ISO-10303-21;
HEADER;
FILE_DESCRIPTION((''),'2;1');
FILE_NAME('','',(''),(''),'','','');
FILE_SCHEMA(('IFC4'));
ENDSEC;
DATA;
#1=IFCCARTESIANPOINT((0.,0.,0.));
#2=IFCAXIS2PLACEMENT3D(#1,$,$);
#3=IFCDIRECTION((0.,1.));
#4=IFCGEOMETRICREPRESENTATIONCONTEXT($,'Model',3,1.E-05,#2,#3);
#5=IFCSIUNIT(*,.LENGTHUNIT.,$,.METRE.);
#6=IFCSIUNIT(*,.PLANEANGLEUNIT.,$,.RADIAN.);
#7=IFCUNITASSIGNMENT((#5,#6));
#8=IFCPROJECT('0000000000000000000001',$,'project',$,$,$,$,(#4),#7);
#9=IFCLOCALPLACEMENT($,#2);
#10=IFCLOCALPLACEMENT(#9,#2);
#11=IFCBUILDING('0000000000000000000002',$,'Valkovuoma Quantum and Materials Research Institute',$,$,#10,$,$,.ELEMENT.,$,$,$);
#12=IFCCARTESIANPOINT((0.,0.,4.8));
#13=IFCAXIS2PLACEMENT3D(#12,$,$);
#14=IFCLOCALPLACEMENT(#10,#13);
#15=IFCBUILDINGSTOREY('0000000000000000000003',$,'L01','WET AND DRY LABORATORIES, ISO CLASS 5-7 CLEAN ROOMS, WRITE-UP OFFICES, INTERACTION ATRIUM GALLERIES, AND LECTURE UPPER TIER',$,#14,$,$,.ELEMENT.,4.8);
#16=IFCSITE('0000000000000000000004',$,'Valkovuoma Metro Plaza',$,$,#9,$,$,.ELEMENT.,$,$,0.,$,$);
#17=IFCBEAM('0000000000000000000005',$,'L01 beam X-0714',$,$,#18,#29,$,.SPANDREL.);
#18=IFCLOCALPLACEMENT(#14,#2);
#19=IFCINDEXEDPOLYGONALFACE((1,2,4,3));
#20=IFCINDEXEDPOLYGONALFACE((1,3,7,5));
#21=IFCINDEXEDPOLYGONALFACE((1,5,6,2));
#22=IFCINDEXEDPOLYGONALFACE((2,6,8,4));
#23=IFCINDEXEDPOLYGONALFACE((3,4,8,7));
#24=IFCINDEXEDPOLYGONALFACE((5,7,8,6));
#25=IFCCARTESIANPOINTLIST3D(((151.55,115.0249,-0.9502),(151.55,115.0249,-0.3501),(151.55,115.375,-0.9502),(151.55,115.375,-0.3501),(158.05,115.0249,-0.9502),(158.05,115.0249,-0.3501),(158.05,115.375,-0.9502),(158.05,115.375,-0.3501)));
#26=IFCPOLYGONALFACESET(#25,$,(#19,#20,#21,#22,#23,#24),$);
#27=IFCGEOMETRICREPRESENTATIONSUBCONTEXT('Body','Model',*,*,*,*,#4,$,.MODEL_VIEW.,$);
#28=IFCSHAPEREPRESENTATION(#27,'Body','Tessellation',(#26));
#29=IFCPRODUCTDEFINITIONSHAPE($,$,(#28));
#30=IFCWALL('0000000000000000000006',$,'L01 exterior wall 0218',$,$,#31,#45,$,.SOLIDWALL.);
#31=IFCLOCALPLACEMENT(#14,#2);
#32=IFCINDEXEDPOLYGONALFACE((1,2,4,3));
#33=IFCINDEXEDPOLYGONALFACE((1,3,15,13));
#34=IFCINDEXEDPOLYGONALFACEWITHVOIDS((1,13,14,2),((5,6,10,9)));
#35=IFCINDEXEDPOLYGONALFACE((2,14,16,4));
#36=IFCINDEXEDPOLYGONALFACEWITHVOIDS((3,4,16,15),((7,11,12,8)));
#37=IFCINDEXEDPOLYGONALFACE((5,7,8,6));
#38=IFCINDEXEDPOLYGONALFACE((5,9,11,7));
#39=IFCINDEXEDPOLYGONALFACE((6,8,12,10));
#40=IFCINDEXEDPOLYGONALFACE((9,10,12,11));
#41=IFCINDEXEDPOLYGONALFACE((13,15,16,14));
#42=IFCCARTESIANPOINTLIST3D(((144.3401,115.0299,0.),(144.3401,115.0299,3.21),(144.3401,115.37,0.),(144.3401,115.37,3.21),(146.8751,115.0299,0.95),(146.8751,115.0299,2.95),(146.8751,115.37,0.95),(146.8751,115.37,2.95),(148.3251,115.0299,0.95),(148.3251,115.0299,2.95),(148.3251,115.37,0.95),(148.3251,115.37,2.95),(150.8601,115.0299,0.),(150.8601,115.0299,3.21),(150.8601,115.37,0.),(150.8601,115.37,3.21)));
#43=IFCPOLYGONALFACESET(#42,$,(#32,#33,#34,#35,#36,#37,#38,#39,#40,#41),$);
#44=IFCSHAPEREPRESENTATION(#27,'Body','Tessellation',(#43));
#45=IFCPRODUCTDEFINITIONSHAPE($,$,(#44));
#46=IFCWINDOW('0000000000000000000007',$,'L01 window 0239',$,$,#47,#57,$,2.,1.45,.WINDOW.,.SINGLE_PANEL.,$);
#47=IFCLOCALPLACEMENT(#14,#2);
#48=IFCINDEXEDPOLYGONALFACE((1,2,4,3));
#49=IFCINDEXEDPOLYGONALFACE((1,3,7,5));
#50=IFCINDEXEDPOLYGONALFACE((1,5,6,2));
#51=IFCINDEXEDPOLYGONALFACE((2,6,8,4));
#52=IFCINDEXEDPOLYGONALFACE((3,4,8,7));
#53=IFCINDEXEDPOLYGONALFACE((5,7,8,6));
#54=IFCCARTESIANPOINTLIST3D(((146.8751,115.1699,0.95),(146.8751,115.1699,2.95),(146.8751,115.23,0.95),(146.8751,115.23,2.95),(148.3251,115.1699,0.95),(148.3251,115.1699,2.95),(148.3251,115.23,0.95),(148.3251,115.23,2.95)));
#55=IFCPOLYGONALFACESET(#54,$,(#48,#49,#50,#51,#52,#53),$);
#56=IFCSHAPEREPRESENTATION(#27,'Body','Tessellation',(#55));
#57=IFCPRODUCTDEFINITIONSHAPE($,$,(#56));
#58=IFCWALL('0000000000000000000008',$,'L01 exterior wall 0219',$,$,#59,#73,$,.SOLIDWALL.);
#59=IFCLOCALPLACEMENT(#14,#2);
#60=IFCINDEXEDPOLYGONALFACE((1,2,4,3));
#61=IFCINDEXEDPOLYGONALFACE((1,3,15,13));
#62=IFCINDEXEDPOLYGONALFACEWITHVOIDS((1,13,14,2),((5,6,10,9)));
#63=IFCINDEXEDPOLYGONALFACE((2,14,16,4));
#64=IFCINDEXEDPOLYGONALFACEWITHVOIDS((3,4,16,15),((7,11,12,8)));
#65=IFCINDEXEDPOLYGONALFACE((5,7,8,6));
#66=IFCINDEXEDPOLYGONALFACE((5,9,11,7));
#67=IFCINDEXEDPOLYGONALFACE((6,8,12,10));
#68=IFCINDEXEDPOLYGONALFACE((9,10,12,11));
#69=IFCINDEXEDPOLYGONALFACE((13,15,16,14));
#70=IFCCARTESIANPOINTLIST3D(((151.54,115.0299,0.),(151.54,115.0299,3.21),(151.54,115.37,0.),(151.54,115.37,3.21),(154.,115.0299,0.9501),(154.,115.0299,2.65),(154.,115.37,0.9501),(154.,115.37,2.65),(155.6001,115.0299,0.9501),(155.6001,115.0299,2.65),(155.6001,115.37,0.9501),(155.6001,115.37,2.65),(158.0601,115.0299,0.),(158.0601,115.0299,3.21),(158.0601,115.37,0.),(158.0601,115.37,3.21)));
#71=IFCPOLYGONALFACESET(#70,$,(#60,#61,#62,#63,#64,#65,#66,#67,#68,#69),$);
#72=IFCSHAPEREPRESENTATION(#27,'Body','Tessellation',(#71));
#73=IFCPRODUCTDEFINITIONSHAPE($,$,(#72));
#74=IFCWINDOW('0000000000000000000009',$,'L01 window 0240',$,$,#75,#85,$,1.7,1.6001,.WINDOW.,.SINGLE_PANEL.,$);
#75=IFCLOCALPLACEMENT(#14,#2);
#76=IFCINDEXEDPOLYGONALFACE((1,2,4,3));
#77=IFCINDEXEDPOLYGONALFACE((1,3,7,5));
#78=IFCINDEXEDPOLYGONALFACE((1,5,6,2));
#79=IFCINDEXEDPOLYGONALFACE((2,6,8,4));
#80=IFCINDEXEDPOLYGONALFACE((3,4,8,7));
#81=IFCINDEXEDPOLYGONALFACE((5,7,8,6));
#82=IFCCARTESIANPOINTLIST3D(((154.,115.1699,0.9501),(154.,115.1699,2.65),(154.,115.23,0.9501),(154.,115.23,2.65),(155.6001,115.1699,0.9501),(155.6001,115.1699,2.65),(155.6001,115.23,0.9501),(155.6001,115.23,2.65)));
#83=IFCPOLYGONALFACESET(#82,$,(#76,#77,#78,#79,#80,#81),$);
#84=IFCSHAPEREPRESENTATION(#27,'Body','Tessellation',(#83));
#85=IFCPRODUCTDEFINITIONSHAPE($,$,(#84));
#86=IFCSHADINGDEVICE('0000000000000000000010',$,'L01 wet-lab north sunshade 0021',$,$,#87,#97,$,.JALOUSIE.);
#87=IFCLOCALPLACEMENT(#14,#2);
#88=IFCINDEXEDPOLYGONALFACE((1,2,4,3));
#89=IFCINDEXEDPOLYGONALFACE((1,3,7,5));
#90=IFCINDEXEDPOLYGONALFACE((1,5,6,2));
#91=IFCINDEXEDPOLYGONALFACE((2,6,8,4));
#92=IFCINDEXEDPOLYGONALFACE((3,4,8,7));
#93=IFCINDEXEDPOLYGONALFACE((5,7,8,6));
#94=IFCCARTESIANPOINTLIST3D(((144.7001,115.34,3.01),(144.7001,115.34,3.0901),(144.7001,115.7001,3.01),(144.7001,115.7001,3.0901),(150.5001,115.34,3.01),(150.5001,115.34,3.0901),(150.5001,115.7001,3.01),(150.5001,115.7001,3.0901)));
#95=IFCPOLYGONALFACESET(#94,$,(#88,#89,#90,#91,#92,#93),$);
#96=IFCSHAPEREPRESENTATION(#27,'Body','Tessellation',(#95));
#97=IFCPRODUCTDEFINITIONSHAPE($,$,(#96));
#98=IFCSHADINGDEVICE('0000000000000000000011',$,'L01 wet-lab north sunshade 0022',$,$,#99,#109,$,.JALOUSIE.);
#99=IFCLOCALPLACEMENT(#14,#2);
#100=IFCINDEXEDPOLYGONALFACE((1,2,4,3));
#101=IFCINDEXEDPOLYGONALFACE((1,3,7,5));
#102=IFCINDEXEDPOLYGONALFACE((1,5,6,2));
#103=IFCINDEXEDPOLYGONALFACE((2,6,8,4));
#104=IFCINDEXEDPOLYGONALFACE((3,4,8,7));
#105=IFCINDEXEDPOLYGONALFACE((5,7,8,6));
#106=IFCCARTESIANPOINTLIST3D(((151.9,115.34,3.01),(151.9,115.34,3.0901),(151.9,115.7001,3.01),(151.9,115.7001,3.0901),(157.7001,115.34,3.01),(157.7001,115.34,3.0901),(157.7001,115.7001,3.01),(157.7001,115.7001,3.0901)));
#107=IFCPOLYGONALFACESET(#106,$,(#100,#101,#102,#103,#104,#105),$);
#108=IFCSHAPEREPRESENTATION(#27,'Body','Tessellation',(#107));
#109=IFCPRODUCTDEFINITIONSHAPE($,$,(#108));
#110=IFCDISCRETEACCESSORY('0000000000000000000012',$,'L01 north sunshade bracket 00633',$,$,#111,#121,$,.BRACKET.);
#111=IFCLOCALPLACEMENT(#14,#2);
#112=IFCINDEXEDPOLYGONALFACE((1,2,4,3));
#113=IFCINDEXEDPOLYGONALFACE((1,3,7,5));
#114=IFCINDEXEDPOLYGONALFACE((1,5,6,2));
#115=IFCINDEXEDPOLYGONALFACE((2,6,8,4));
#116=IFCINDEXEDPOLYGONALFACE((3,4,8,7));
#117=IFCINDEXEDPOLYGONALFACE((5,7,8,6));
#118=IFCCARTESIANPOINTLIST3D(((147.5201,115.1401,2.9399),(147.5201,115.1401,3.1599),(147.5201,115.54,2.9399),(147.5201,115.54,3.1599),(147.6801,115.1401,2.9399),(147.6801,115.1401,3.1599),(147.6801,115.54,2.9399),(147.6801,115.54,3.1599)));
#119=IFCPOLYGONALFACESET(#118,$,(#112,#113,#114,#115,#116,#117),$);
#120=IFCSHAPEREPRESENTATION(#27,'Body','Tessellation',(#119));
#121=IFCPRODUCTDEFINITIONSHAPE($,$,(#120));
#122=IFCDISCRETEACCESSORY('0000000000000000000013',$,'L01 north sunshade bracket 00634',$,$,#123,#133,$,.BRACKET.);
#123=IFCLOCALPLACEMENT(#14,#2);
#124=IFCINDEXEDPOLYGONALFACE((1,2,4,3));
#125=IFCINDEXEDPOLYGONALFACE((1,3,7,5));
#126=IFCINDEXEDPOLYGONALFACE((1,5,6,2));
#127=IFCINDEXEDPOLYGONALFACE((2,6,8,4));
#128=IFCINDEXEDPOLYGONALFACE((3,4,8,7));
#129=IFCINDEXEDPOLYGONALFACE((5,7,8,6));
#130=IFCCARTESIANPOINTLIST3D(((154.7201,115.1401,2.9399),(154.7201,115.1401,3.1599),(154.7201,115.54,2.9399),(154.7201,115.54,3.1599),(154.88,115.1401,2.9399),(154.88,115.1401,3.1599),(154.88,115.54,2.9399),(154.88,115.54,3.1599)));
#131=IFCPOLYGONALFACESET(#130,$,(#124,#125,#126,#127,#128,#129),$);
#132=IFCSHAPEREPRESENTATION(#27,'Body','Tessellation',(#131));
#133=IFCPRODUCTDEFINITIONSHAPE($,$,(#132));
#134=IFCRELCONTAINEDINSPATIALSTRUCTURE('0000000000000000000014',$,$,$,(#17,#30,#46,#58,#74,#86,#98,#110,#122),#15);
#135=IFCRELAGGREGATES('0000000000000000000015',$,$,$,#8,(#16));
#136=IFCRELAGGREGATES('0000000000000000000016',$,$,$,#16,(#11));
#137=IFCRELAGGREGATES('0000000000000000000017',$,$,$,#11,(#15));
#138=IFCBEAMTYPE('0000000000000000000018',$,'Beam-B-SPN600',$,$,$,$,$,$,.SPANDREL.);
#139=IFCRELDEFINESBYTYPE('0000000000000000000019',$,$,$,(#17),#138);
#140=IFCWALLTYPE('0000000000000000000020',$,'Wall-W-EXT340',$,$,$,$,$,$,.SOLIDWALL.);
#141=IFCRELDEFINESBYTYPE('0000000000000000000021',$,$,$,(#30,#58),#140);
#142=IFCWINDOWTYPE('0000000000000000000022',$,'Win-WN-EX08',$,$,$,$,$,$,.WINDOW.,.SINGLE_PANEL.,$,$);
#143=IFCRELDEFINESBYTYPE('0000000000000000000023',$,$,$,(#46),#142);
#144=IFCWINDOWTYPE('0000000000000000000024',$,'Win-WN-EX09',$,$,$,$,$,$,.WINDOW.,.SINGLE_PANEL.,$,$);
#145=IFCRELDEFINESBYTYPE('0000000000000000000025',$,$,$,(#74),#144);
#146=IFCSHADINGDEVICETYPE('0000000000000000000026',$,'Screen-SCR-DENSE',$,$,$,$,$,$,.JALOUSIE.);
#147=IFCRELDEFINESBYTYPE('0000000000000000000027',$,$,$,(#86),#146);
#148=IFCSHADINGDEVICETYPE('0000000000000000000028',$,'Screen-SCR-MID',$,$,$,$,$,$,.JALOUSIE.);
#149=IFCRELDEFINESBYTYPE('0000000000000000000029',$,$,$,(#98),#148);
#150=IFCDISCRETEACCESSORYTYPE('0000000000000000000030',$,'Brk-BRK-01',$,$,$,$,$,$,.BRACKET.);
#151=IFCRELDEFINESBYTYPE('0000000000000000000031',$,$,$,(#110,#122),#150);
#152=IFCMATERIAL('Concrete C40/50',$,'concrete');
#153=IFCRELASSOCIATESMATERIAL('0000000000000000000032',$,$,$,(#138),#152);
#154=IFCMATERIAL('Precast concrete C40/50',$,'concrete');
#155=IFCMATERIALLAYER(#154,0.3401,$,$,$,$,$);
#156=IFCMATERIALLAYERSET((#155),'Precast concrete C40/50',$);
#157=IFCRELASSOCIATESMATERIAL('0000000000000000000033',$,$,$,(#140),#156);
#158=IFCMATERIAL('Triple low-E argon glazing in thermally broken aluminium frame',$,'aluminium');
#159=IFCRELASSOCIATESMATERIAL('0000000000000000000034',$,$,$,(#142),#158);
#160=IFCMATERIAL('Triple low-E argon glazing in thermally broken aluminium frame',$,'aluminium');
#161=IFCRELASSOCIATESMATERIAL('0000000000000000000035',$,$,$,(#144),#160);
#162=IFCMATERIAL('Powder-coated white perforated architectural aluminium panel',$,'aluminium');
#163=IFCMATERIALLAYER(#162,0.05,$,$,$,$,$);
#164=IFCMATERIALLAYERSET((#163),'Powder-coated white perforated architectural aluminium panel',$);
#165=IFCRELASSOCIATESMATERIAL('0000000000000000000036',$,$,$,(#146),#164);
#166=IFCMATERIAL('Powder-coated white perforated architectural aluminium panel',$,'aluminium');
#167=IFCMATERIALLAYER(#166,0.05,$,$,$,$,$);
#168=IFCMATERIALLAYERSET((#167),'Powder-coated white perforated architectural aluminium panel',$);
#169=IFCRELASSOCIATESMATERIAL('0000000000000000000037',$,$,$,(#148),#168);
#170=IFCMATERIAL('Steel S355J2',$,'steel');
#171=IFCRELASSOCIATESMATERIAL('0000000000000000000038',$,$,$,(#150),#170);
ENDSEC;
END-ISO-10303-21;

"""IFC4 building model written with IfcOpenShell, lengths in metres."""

from ifc_helpers import new_model, si_unit, direction, frame, frame_2d, origin, origin_2d, place, context, subcontext, project, spatial, rectangle, extrude, material, layer, layer_set, material_profile, profile_set, type_object, element, fill, save


model = new_model("IFC4")

# Units and contexts
model_context = context("Model", 3, precision=1e-05, world=origin(), true_north=direction((0.0, 1.0)))
body_context = subcontext(model_context, "Body", "Model", "MODEL_VIEW")
ifc_project = project(units=[si_unit("LENGTHUNIT", "METRE"), si_unit("PLANEANGLEUNIT", "RADIAN")], contexts=[model_context])

# Site, building, storey
site_placement = place(None, origin())
site = spatial("IfcSite", under=ifc_project, at=site_placement, Name="Valkovuoma Metro Plaza", CompositionType="ELEMENT", RefElevation=0.0)
building_placement = place(site_placement, origin())
building = spatial("IfcBuilding", under=site, at=building_placement, Name="Valkovuoma Quantum and Materials Research Institute", CompositionType="ELEMENT")
storey_placement = place(building_placement, frame((0.0, 0.0, 4.8)))
storey = spatial("IfcBuildingStorey", under=building, at=storey_placement, Name="L01", Description="WET AND DRY LABORATORIES, ISO CLASS 5-7 CLEAN ROOMS, WRITE-UP OFFICES, INTERACTION ATRIUM GALLERIES, AND LECTURE UPPER TIER", CompositionType="ELEMENT", Elevation=4.8)

# Beam
ifc_material_1 = material(Name="Concrete C40/50", Category="concrete")
ifc_material_profile_1 = material_profile(ifc_material_1, rectangle(XDim=0.3501, YDim=0.6001, at=origin_2d()), Name="Concrete C40/50")
ifc_profile_set_1 = profile_set([ifc_material_profile_1], Name="Concrete C40/50")
beam_type_1 = type_object("IfcBeamType", Name="Beam-B-SPN600", PredefinedType="SPANDREL", material=ifc_profile_set_1)
for number, where, z_axis, x_axis, name in (
    (1, (151.55, 115.2, -0.6501), (1.0, 0.0, 0.0), (0.0, 1.0, 0.0), "L01 beam X-0714"),
):
    element("IfcBeam", number, at=place(storey_placement, frame(where, z_axis=z_axis, x_axis=x_axis)), inside=storey, type_object=beam_type_1, Name=name, PredefinedType="SPANDREL", context=body_context, shape_type="SweptSolid", body=[
        extrude(rectangle(XDim=0.3501, YDim=0.6001, at=origin_2d()), origin(), (0.0, 0.0, 1.0), 6.5),
    ])

# Walls, openings, windows
ifc_material_2 = material(Name="Precast concrete C40/50", Category="concrete")
ifc_layer_1 = layer(ifc_material_2, 0.3401)
ifc_layer_set_1 = layer_set([ifc_layer_1], Name="Precast concrete C40/50")
wall_type = type_object("IfcWallType", Name="Wall-W-EXT340", PredefinedType="SOLIDWALL", material=ifc_layer_set_1)
wall_1_placement = place(storey_placement, frame((144.3401, 115.2, 0.0), z_axis=(0.0, 0.0, 1.0), x_axis=(1.0, 0.0, 0.0)))
wall_1 = element("IfcWall", 2, at=wall_1_placement, inside=storey, type_object=wall_type, Name="L01 exterior wall 0218", PredefinedType="SOLIDWALL", context=body_context, shape_type="SweptSolid", body=[
    extrude(rectangle(XDim=6.52, YDim=0.3401, at=frame_2d((3.26, 0.0))), origin(), (0.0, 0.0, 1.0), 3.21),
])
opening_1_placement = place(wall_1_placement, frame((2.5349, 0.0, 0.95)))
opening_1 = element("IfcOpeningElement", 3, at=opening_1_placement, cuts=wall_1, PredefinedType="OPENING", context=body_context, shape_type="SweptSolid", body=[
    extrude(rectangle(XDim=1.45, YDim=2.0, at=frame_2d((0.7251, 1.0))), frame((0.0, 0.1802, 0.0), z_axis=(0.0, -1.0, 0.0), x_axis=(1.0, 0.0, 0.0)), (0.0, 0.0, 1.0), 0.3601),
])
ifc_material_3 = material(Name="Triple low-E argon glazing in thermally broken aluminium frame", Category="aluminium")
window_type_1 = type_object("IfcWindowType", Name="Win-WN-EX08", PartitioningType="SINGLE_PANEL", PredefinedType="WINDOW", material=ifc_material_3)
window_1_placement = place(opening_1_placement, origin())
window_1 = element("IfcWindow", 4, at=window_1_placement, inside=storey, type_object=window_type_1, Name="L01 window 0239", OverallHeight=2.0, OverallWidth=1.45, PartitioningType="SINGLE_PANEL", PredefinedType="WINDOW", context=body_context, shape_type="SweptSolid", body=[
    extrude(rectangle(XDim=1.45, YDim=2.0, at=frame_2d((0.7251, 1.0))), frame((0.0, 0.03, 0.0), z_axis=(0.0, -1.0, 0.0), x_axis=(1.0, 0.0, 0.0)), (0.0, 0.0, 1.0), 0.0601),
])
fill(opening_1, window_1)
wall_2_placement = place(storey_placement, frame((151.54, 115.2, 0.0), z_axis=(0.0, 0.0, 1.0), x_axis=(1.0, 0.0, 0.0)))
wall_2 = element("IfcWall", 5, at=wall_2_placement, inside=storey, type_object=wall_type, Name="L01 exterior wall 0219", PredefinedType="SOLIDWALL", context=body_context, shape_type="SweptSolid", body=[
    extrude(rectangle(XDim=6.52, YDim=0.3401, at=frame_2d((3.26, 0.0))), origin(), (0.0, 0.0, 1.0), 3.21),
])
opening_2_placement = place(wall_2_placement, frame((2.46, 0.0, 0.95)))
opening_2 = element("IfcOpeningElement", 6, at=opening_2_placement, cuts=wall_2, PredefinedType="OPENING", context=body_context, shape_type="SweptSolid", body=[
    extrude(rectangle(XDim=1.6001, YDim=1.7, at=frame_2d((0.8, 0.8501))), frame((0.0, 0.1802, 0.0), z_axis=(0.0, -1.0, 0.0), x_axis=(1.0, 0.0, 0.0)), (0.0, 0.0, 1.0), 0.3601),
])
ifc_material_4 = material(Name="Triple low-E argon glazing in thermally broken aluminium frame", Category="aluminium")
window_type_2 = type_object("IfcWindowType", Name="Win-WN-EX09", PartitioningType="SINGLE_PANEL", PredefinedType="WINDOW", material=ifc_material_4)
window_2_placement = place(opening_2_placement, origin())
window_2 = element("IfcWindow", 7, at=window_2_placement, inside=storey, type_object=window_type_2, Name="L01 window 0240", OverallHeight=1.7, OverallWidth=1.6001, PartitioningType="SINGLE_PANEL", PredefinedType="WINDOW", context=body_context, shape_type="SweptSolid", body=[
    extrude(rectangle(XDim=1.6001, YDim=1.7, at=frame_2d((0.8, 0.8501))), frame((0.0, 0.03, 0.0), z_axis=(0.0, -1.0, 0.0), x_axis=(1.0, 0.0, 0.0)), (0.0, 0.0, 1.0), 0.0601),
])
fill(opening_2, window_2)

# Shading devices
ifc_material_5 = material(Name="Powder-coated white perforated architectural aluminium panel", Category="aluminium")
ifc_layer_2 = layer(ifc_material_5, 0.05)
ifc_layer_set_2 = layer_set([ifc_layer_2], Name="Powder-coated white perforated architectural aluminium panel")
shading_device_type_1 = type_object("IfcShadingDeviceType", Name="Screen-SCR-DENSE", PredefinedType="JALOUSIE", material=ifc_layer_set_2)
shading_device_1_placement = place(storey_placement, frame((147.6001, 115.52, 3.01), z_axis=(0.0, 0.0, 1.0), x_axis=(1.0, 0.0, 0.0)))
element("IfcShadingDevice", 8, at=shading_device_1_placement, inside=storey, type_object=shading_device_type_1, Name="L01 wet-lab north sunshade 0021", PredefinedType="JALOUSIE", context=body_context, shape_type="SweptSolid", body=[
    extrude(rectangle(XDim=5.8, YDim=0.3601, at=origin_2d()), origin(), (0.0, 0.0, 1.0), 0.0801),
])
ifc_material_6 = material(Name="Powder-coated white perforated architectural aluminium panel", Category="aluminium")
ifc_layer_3 = layer(ifc_material_6, 0.05)
ifc_layer_set_3 = layer_set([ifc_layer_3], Name="Powder-coated white perforated architectural aluminium panel")
shading_device_type_2 = type_object("IfcShadingDeviceType", Name="Screen-SCR-MID", PredefinedType="JALOUSIE", material=ifc_layer_set_3)
shading_device_2_placement = place(storey_placement, frame((154.8, 115.52, 3.01), z_axis=(0.0, 0.0, 1.0), x_axis=(1.0, 0.0, 0.0)))
element("IfcShadingDevice", 9, at=shading_device_2_placement, inside=storey, type_object=shading_device_type_2, Name="L01 wet-lab north sunshade 0022", PredefinedType="JALOUSIE", context=body_context, shape_type="SweptSolid", body=[
    extrude(rectangle(XDim=5.8, YDim=0.3601, at=origin_2d()), origin(), (0.0, 0.0, 1.0), 0.0801),
])

# Discrete accessories
ifc_material_7 = material(Name="Steel S355J2", Category="steel")
discrete_accessory_type = type_object("IfcDiscreteAccessoryType", Name="Brk-BRK-01", PredefinedType="BRACKET", material=ifc_material_7)
for number, where, z_axis, x_axis, name in (
    (10, (147.6001, 115.3401, 2.9399), (0.0, 0.0, 1.0), (1.0, 0.0, 0.0), "L01 north sunshade bracket 00633"),
    (11, (154.8, 115.3401, 2.9399), (0.0, 0.0, 1.0), (1.0, 0.0, 0.0), "L01 north sunshade bracket 00634"),
):
    element("IfcDiscreteAccessory", number, at=place(storey_placement, frame(where, z_axis=z_axis, x_axis=x_axis)), inside=storey, type_object=discrete_accessory_type, Name=name, PredefinedType="BRACKET", context=body_context, shape_type="SweptSolid", body=[
        extrude(rectangle(XDim=0.1599, YDim=0.3999, at=origin_2d()), origin(), (0.0, 0.0, 1.0), 0.22),
    ])

save(model, "model.ifc")
